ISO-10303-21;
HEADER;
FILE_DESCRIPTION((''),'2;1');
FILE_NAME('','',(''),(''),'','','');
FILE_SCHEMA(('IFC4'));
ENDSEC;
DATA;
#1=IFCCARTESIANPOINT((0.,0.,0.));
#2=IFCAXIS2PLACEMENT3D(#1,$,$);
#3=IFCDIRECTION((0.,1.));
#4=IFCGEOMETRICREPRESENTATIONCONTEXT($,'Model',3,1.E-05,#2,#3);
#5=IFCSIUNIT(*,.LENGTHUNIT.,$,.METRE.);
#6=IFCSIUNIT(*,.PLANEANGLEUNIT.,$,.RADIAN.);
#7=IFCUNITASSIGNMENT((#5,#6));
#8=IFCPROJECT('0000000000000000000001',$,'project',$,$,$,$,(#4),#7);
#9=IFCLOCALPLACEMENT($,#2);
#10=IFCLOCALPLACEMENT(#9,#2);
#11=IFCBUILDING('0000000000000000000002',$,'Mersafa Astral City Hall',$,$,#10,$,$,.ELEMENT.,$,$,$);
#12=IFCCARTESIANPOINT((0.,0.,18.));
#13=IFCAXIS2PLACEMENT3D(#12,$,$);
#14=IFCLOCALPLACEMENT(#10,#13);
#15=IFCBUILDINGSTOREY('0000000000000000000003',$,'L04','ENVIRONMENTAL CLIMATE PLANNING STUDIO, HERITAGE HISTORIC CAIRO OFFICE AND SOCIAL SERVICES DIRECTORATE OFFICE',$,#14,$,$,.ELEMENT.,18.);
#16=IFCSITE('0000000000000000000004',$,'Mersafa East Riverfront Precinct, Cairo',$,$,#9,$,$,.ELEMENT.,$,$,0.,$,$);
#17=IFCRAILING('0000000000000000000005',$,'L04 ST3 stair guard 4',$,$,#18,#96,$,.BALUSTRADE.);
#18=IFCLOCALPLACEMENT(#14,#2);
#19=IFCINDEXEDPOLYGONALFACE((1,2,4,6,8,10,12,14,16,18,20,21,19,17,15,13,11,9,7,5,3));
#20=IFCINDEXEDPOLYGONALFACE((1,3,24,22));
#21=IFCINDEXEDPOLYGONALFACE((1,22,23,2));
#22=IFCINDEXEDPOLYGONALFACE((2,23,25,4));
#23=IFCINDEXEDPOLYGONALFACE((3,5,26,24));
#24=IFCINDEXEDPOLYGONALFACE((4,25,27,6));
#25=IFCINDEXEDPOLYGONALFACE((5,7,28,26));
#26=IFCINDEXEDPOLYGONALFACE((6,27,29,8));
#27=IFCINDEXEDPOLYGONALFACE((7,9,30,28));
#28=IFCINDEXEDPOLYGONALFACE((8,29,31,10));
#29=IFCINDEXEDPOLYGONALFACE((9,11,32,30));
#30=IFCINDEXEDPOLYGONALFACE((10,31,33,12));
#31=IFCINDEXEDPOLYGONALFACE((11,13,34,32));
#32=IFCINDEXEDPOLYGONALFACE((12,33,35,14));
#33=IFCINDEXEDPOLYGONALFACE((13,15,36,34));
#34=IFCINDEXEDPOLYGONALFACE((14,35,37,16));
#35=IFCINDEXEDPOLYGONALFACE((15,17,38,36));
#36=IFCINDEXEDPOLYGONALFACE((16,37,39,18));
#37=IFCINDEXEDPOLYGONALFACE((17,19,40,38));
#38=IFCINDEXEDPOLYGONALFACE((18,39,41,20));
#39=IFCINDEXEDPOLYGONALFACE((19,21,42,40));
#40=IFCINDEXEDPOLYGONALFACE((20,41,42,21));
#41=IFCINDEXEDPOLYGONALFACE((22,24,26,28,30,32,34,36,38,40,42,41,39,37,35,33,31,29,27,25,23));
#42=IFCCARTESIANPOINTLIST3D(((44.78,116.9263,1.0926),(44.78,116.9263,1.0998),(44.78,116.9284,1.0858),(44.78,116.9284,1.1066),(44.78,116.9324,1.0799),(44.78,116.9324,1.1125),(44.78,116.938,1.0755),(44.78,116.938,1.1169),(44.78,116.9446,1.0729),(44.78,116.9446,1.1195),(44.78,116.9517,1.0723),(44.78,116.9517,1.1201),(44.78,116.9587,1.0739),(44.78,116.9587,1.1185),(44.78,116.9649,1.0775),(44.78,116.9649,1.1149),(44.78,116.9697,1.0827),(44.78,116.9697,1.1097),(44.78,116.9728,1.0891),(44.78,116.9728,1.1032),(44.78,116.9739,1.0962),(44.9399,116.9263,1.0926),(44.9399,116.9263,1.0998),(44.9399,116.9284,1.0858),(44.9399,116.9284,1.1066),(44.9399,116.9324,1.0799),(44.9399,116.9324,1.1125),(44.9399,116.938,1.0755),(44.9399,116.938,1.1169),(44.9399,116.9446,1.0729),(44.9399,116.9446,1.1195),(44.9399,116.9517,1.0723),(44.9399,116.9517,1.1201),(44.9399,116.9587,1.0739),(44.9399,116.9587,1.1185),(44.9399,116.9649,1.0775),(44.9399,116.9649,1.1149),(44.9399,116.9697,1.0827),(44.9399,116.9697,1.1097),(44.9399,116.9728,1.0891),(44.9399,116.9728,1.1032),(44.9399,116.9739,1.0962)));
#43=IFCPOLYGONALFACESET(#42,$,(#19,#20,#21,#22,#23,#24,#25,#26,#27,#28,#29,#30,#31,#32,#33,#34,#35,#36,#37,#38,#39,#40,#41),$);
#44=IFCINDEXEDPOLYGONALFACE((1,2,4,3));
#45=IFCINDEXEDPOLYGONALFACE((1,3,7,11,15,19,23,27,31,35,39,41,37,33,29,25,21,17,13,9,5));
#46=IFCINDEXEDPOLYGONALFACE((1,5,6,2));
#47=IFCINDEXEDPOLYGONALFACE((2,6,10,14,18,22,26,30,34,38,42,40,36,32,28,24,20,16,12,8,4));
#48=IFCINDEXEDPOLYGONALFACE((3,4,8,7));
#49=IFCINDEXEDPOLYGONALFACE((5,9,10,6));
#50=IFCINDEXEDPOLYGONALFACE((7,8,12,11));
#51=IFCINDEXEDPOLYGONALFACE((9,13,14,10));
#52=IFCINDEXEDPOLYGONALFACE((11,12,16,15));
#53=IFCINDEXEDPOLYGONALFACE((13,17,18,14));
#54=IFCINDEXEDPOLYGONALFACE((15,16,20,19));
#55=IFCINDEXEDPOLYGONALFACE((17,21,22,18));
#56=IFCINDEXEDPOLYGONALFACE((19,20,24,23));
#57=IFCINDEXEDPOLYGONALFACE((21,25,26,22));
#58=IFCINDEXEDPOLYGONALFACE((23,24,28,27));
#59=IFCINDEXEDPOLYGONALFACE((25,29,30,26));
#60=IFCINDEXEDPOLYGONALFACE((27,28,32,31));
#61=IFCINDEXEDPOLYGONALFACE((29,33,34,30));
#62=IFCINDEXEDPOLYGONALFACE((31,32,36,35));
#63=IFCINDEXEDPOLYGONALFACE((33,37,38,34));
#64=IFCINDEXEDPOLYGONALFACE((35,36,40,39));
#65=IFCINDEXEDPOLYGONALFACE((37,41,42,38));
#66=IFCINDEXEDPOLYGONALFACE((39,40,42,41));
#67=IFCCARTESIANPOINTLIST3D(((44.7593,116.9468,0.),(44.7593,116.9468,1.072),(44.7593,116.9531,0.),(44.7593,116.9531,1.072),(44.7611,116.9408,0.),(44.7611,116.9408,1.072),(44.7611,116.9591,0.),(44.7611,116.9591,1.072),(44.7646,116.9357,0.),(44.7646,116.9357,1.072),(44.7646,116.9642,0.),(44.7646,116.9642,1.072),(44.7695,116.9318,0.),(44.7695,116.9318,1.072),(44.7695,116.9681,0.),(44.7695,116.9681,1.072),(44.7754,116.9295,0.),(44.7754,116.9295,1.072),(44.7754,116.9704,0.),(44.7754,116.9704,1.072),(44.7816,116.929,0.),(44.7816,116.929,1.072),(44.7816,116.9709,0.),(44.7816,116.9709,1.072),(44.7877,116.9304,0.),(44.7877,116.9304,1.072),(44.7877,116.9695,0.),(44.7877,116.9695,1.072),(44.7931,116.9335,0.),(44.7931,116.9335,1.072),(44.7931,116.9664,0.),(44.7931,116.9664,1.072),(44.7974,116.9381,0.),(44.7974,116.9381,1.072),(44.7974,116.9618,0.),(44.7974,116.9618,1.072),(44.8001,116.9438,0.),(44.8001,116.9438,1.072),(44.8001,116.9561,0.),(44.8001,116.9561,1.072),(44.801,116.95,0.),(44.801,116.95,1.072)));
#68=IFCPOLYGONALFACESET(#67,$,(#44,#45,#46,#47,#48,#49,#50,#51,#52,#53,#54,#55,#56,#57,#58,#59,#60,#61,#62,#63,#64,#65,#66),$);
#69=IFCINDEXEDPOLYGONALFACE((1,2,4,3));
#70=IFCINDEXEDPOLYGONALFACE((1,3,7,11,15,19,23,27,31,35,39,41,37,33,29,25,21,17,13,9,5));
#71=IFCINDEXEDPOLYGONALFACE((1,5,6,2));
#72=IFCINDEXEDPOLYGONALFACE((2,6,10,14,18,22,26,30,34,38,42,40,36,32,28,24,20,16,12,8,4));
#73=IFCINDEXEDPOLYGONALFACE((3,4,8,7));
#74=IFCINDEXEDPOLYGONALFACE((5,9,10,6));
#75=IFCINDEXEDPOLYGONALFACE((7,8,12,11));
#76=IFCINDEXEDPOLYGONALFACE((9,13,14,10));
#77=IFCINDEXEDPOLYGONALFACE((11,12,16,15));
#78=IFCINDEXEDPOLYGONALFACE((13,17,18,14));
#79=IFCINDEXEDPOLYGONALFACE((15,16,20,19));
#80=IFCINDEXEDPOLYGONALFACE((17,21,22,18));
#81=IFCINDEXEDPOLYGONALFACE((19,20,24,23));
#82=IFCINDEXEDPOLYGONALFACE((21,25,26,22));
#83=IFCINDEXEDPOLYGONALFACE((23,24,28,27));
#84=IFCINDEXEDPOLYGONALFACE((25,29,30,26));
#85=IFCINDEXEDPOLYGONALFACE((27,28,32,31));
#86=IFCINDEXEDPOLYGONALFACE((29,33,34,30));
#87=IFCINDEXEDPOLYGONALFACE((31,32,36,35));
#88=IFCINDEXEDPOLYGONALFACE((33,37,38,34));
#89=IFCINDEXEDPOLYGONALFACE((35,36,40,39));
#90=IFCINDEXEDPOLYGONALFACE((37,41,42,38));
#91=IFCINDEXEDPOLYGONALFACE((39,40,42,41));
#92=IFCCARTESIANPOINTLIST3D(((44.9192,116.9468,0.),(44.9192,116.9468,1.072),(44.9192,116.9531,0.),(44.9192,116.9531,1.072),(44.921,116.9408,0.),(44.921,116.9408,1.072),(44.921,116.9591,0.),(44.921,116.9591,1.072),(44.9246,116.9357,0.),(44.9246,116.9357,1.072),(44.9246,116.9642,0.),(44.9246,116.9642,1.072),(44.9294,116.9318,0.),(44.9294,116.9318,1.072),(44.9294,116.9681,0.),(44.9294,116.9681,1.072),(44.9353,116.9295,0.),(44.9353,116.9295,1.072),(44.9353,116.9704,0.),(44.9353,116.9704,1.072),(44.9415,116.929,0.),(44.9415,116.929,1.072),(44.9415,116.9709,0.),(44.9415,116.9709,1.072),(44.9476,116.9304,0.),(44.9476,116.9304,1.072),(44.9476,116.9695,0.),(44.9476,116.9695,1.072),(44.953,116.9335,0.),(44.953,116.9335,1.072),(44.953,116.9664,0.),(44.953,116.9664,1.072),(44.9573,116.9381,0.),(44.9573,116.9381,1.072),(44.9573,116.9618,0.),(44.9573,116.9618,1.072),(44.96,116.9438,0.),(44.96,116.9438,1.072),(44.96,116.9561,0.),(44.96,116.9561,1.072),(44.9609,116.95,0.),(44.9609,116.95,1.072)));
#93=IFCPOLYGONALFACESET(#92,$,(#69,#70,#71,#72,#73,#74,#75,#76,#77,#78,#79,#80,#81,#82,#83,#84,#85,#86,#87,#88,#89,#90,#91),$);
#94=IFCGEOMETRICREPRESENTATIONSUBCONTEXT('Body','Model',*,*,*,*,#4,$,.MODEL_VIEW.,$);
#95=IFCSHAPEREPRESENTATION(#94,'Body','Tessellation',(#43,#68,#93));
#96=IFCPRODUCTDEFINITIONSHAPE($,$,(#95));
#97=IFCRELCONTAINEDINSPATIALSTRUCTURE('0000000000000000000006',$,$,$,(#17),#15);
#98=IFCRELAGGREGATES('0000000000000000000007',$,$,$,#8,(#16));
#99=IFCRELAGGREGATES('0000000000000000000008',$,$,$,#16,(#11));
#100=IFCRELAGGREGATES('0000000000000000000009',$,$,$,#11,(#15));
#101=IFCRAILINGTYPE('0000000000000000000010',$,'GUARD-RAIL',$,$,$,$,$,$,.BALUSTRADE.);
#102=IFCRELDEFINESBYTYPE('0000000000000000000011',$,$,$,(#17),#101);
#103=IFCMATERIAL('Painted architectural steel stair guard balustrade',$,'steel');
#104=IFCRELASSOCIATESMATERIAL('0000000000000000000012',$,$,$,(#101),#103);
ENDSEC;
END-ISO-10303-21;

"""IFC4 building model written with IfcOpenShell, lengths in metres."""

from ifc_helpers import new_model, si_unit, direction, frame, origin, origin_2d, place, context, subcontext, project, spatial, circle, extrude, material, type_object, element, save


model = new_model("IFC4")

# Units and contexts
model_context = context("Model", 3, precision=1e-05, world=origin(), true_north=direction((0.0, 1.0)))
body_context = subcontext(model_context, "Body", "Model", "MODEL_VIEW")
ifc_project = project(units=[si_unit("LENGTHUNIT", "METRE"), si_unit("PLANEANGLEUNIT", "RADIAN")], contexts=[model_context])

# Site, building, storey
site_placement = place(None, origin())
site = spatial("IfcSite", under=ifc_project, at=site_placement, Name="Mersafa East Riverfront Precinct, Cairo", CompositionType="ELEMENT", RefElevation=0.0)
building_placement = place(site_placement, origin())
building = spatial("IfcBuilding", under=site, at=building_placement, Name="Mersafa Astral City Hall", CompositionType="ELEMENT")
storey_placement = place(building_placement, frame((0.0, 0.0, 18.0)))
storey = spatial("IfcBuildingStorey", under=building, at=storey_placement, Name="L04", Description="ENVIRONMENTAL CLIMATE PLANNING STUDIO, HERITAGE HISTORIC CAIRO OFFICE AND SOCIAL SERVICES DIRECTORATE OFFICE", CompositionType="ELEMENT", Elevation=18.0)

# Railing
ifc_material_1 = material(Name="Painted architectural steel stair guard balustrade", Category="steel")
railing_type_1 = type_object("IfcRailingType", Name="GUARD-RAIL", PredefinedType="BALUSTRADE", material=ifc_material_1)
railing_1_placement = place(storey_placement, frame((44.78, 116.95, 0.0)))
element("IfcRailing", 1, at=railing_1_placement, inside=storey, type_object=railing_type_1, Name="L04 ST3 stair guard 4", PredefinedType="BALUSTRADE", context=body_context, shape_type="SweptSolid", body=[
    extrude(circle(Radius=0.0239, at=origin_2d()), frame((0.0, 0.0, 1.0962), z_axis=(1.0, 0.0, 0.0), x_axis=(0.0, 1.0, 0.0)), (0.0, 0.0, 1.0), 0.1599),
    extrude(circle(Radius=0.021, at=origin_2d()), origin(), (0.0, 0.0, 1.0), 1.072),
    extrude(circle(Radius=0.021, at=origin_2d()), frame((0.1599, 0.0, 0.0)), (0.0, 0.0, 1.0), 1.072),
])

save(model, "model.ifc")
